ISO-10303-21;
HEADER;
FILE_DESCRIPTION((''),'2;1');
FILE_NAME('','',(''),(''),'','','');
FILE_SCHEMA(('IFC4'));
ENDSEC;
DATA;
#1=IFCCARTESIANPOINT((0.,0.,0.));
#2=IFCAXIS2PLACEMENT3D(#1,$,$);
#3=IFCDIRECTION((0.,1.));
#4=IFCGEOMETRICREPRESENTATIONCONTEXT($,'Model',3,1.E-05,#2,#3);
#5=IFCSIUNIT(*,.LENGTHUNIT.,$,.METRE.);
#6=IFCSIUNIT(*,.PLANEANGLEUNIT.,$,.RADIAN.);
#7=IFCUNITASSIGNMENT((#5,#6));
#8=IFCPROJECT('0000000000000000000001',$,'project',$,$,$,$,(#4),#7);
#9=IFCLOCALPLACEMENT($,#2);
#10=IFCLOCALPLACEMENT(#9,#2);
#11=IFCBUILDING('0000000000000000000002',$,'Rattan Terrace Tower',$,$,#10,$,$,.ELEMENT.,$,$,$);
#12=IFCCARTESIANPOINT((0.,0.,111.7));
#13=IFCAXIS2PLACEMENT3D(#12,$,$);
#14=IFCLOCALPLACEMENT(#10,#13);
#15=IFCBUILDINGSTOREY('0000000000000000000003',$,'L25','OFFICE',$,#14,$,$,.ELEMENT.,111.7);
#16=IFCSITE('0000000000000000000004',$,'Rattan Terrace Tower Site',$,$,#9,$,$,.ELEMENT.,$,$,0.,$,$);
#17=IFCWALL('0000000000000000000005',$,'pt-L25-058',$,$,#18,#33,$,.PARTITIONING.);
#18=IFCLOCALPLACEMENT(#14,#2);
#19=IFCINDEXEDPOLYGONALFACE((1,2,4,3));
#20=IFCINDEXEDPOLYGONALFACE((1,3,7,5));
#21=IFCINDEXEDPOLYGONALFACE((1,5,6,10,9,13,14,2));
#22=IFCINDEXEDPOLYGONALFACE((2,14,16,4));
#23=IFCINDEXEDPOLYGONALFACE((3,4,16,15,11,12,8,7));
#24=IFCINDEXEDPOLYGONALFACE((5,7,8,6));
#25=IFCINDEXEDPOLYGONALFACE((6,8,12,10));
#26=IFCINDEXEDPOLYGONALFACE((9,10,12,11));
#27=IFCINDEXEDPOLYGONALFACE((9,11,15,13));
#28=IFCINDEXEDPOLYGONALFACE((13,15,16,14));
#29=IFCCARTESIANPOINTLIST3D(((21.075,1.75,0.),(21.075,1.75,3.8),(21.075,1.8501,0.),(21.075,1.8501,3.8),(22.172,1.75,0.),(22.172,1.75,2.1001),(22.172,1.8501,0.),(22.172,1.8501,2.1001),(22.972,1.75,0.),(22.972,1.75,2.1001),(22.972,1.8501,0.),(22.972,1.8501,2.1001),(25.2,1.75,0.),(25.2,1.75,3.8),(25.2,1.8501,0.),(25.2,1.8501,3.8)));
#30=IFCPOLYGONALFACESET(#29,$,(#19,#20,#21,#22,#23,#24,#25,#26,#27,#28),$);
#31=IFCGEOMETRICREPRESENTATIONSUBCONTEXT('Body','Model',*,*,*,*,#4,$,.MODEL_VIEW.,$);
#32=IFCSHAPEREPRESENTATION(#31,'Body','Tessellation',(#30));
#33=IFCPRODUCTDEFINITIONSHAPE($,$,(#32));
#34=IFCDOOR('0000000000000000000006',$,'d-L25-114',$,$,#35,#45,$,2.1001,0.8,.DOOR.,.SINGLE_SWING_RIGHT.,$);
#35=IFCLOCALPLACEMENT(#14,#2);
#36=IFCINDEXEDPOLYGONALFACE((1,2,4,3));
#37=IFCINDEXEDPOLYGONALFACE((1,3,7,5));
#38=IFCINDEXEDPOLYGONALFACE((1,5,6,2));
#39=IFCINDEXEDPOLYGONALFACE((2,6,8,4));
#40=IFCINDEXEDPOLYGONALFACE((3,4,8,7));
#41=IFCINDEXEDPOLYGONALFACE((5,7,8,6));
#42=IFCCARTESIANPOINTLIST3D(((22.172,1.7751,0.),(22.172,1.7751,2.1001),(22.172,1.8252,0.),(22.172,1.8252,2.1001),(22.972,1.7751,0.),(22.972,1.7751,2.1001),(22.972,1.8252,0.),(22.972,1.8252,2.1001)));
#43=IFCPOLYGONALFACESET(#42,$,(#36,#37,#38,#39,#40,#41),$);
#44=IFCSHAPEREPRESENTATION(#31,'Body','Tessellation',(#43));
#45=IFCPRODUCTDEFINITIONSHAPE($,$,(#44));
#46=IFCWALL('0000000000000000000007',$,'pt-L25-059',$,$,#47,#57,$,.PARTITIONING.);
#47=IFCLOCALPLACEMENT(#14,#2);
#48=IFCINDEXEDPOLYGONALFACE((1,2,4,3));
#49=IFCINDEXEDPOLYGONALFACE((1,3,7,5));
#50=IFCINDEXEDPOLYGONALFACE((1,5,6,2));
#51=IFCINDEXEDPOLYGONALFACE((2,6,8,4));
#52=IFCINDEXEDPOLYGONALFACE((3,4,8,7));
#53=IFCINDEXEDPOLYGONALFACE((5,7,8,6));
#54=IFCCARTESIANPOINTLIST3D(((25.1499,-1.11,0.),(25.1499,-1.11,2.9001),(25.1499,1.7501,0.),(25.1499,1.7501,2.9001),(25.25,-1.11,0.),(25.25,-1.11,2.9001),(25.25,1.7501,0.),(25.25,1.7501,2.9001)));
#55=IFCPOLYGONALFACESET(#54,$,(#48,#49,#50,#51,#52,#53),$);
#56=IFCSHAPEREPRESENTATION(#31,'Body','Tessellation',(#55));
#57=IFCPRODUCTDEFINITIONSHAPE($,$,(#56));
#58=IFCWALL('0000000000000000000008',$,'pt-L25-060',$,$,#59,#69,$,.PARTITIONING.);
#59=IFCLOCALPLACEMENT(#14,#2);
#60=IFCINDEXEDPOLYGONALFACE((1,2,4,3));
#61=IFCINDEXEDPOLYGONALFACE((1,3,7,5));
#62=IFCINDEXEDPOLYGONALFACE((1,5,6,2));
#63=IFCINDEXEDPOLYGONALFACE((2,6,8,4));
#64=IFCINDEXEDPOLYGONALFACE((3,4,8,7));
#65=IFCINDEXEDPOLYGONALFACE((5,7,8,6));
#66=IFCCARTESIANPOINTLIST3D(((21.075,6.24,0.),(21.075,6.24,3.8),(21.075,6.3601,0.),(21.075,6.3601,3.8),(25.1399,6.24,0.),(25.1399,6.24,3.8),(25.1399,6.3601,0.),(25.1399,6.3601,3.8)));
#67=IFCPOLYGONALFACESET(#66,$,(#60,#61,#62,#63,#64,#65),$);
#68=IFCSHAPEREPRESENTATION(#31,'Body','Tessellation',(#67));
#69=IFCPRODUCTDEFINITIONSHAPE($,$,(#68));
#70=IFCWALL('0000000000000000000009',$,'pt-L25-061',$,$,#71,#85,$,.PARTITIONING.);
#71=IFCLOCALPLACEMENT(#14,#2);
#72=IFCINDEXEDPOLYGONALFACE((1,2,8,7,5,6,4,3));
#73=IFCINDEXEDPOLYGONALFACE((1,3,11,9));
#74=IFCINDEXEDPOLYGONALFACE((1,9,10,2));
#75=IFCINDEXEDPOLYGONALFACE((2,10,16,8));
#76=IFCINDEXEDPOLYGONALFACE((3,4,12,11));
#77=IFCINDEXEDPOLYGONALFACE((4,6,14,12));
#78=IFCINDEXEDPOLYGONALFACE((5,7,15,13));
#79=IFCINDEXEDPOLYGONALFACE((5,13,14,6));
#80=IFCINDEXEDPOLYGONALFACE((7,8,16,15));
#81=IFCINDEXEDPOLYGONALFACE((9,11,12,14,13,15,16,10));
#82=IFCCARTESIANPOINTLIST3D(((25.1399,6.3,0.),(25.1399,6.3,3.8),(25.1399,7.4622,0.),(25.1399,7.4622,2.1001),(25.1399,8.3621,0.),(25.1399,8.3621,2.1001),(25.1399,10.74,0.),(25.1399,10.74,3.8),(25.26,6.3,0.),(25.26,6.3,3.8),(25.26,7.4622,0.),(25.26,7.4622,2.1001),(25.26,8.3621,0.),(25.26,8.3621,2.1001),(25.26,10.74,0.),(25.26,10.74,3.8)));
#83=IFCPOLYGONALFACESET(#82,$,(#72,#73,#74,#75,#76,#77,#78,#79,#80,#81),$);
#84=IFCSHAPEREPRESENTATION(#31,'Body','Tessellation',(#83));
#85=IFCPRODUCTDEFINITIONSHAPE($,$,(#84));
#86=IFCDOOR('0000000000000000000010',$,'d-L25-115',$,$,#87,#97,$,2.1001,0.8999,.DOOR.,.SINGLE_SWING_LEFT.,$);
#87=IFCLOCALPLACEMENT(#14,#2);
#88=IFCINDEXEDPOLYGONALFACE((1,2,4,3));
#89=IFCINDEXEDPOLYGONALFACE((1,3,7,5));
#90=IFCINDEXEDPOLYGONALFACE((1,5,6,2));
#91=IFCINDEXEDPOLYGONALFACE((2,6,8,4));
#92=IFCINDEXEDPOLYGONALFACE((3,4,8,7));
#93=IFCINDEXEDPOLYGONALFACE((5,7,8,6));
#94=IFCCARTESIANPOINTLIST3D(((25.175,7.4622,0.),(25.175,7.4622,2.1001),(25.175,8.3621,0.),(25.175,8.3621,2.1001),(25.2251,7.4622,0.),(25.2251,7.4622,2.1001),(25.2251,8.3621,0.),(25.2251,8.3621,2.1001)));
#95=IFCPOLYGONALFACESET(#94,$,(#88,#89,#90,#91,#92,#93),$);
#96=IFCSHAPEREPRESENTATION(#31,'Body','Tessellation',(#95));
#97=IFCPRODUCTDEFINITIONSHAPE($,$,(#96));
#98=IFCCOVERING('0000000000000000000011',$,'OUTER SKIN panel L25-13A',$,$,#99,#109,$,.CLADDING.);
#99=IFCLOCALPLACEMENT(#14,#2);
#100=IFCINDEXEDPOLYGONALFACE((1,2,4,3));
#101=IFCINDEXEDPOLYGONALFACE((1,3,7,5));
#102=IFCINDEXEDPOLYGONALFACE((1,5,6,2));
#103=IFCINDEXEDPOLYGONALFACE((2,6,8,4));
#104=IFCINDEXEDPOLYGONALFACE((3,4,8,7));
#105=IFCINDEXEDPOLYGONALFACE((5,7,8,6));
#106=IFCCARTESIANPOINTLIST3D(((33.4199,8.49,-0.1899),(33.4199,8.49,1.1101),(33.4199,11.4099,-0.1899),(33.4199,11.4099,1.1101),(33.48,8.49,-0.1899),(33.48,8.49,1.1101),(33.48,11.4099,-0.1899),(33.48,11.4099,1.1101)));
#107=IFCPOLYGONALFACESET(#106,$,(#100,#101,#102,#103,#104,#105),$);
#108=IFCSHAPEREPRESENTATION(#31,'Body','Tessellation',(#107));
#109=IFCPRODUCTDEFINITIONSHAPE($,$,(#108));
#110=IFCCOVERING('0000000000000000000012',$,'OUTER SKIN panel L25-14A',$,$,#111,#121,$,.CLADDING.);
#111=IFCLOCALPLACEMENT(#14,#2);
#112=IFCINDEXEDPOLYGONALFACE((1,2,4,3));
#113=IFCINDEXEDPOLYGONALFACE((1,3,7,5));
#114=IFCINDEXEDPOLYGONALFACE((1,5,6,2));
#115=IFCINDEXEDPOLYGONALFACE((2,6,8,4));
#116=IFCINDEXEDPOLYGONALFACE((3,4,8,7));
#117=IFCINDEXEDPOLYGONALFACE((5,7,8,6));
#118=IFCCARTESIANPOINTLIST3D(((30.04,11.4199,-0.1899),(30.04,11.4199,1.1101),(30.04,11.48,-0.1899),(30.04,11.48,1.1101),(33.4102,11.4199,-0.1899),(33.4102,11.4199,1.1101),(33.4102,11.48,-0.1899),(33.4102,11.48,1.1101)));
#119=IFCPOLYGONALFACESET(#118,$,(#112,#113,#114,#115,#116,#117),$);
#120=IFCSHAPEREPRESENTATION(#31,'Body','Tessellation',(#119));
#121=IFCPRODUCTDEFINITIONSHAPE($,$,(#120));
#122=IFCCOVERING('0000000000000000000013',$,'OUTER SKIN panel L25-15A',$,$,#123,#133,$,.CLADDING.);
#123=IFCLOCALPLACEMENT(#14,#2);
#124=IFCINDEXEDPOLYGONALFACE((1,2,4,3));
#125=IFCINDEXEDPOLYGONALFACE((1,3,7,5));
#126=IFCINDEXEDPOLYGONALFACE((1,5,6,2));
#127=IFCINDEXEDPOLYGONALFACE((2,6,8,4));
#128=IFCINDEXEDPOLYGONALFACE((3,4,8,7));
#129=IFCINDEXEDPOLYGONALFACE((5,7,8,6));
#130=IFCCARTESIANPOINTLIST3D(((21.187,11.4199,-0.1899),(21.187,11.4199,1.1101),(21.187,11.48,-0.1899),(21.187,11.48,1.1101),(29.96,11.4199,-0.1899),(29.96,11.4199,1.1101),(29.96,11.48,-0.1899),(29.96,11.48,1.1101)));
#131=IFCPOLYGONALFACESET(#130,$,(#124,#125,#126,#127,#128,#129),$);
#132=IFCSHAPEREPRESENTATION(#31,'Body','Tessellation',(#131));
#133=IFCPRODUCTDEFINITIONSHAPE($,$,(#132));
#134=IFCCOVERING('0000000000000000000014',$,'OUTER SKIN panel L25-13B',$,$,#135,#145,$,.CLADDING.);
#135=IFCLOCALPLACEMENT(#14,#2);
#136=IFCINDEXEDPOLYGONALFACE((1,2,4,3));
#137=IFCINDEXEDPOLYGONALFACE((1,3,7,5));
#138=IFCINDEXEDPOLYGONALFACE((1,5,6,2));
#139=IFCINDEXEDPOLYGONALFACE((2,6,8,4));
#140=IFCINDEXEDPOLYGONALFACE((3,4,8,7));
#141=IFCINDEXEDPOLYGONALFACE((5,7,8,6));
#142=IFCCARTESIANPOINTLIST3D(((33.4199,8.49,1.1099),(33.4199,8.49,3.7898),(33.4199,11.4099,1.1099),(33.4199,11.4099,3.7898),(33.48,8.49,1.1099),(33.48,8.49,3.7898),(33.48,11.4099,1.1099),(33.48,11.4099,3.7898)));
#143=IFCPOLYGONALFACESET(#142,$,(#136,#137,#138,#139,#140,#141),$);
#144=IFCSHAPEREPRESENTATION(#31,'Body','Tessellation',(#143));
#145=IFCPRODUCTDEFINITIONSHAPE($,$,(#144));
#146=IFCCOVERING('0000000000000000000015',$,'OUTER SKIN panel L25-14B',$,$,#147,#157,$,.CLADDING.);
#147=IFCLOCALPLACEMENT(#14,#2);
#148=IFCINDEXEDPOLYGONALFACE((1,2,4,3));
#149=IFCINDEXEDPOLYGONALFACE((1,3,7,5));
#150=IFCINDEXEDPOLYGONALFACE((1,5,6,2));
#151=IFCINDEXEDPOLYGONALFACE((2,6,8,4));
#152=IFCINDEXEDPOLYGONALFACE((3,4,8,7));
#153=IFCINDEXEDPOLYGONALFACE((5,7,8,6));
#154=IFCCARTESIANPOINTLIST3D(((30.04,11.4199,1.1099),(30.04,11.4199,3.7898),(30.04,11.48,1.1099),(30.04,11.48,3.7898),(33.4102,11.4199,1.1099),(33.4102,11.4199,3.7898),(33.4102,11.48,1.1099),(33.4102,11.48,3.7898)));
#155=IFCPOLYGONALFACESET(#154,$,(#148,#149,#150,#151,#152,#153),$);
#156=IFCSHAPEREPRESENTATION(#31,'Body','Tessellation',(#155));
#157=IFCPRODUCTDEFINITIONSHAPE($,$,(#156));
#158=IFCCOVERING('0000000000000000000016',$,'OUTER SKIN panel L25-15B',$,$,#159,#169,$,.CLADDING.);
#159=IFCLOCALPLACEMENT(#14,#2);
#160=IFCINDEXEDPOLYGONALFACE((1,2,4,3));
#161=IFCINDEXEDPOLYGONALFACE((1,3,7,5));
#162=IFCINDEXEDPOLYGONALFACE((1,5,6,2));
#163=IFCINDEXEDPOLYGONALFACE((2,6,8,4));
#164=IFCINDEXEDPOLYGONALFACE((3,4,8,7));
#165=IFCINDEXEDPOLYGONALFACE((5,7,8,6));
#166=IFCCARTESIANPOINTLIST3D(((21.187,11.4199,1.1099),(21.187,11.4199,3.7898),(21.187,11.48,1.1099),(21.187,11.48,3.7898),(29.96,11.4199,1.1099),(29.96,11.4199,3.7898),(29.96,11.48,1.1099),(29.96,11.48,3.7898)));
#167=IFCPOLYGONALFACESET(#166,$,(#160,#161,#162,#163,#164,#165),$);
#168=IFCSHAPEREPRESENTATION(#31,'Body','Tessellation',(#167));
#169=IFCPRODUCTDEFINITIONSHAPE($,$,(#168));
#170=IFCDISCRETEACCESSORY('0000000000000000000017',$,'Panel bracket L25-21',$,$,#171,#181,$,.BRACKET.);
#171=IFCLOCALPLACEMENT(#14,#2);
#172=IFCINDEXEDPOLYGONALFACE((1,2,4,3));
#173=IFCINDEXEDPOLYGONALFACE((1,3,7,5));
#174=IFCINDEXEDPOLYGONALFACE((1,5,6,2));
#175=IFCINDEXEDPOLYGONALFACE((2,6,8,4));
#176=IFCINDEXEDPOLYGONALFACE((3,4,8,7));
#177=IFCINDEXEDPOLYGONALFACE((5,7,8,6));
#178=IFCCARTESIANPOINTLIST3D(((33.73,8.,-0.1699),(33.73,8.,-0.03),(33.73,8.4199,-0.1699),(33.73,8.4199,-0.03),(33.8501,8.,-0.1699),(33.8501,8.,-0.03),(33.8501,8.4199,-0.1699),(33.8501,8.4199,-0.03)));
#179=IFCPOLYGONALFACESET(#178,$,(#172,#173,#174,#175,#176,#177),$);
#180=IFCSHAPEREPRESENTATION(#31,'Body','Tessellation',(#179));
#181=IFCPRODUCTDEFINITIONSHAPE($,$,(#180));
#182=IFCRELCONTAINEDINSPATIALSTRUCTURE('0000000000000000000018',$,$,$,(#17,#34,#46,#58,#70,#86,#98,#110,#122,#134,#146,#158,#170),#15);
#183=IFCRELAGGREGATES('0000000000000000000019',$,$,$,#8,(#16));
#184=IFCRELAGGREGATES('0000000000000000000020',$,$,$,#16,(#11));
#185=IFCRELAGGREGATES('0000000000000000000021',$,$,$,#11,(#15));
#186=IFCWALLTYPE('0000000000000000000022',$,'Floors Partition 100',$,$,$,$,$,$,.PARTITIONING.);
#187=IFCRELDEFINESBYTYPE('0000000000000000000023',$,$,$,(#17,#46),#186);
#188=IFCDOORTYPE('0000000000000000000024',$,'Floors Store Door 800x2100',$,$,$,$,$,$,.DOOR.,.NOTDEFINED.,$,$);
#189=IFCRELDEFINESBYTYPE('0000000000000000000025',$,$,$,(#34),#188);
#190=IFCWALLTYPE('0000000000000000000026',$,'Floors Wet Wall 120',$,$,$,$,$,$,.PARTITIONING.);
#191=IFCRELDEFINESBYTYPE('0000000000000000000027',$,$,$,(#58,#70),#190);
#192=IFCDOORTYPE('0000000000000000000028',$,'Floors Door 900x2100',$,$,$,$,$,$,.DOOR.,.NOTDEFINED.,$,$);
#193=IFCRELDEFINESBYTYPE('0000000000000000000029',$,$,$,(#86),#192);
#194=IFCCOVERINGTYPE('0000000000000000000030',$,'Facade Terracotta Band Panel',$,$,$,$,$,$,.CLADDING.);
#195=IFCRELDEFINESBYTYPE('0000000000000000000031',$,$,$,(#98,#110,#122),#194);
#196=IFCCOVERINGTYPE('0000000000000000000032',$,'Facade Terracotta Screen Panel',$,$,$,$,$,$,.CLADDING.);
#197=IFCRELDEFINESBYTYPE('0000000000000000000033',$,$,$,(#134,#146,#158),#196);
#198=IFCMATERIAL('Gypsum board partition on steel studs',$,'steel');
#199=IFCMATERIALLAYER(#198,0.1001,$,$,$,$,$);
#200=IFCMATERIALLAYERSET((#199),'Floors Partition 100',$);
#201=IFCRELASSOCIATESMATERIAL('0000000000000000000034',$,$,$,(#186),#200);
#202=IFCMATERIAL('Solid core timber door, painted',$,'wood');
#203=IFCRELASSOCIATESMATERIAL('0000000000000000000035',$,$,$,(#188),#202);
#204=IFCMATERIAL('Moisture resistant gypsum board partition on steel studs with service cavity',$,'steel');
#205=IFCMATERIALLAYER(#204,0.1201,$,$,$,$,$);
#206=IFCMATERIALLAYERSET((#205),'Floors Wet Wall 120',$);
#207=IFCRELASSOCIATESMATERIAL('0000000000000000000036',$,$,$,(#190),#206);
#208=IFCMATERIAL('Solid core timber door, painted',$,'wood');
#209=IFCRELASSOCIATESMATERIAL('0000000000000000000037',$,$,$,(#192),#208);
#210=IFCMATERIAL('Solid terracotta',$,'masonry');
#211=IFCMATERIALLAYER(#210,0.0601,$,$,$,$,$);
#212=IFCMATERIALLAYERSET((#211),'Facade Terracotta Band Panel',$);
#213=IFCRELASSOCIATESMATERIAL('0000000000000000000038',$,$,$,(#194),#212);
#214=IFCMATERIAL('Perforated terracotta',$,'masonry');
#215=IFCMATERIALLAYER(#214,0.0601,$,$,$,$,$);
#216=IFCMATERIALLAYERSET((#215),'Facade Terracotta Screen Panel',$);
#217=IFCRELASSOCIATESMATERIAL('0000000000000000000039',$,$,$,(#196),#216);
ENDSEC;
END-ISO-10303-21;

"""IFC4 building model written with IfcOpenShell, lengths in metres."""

from ifc_helpers import new_model, si_unit, direction, frame, frame_2d, origin, origin_2d, place, context, subcontext, project, spatial, rectangle, extrude, material, layer, layer_set, type_object, element, fill, save


model = new_model("IFC4")

# Units and contexts
model_context = context("Model", 3, precision=1e-05, world=origin(), true_north=direction((0.0, 1.0)))
body_context = subcontext(model_context, "Body", "Model", "MODEL_VIEW")
ifc_project = project(units=[si_unit("LENGTHUNIT", "METRE"), si_unit("PLANEANGLEUNIT", "RADIAN")], contexts=[model_context])

# Site, building, storey
site_placement = place(None, origin())
site = spatial("IfcSite", under=ifc_project, at=site_placement, Name="Rattan Terrace Tower Site", CompositionType="ELEMENT", RefElevation=0.0)
building_placement = place(site_placement, origin())
building = spatial("IfcBuilding", under=site, at=building_placement, Name="Rattan Terrace Tower", CompositionType="ELEMENT")
storey_placement = place(building_placement, frame((0.0, 0.0, 111.7)))
storey = spatial("IfcBuildingStorey", under=building, at=storey_placement, Name="L25", Description="OFFICE", CompositionType="ELEMENT", Elevation=111.7)

# Wall, opening, door
ifc_material_1 = material(Name="Gypsum board partition on steel studs", Category="steel")
ifc_layer_1 = layer(ifc_material_1, 0.1001)
ifc_layer_set_1 = layer_set([ifc_layer_1], Name="Floors Partition 100")
wall_type_1 = type_object("IfcWallType", Name="Floors Partition 100", PredefinedType="PARTITIONING", material=ifc_layer_set_1)
wall_1_placement = place(storey_placement, frame((25.2, 1.8, 0.0), z_axis=(0.0, 0.0, 1.0), x_axis=(-1.0, 0.0, 0.0)))
wall_1 = element("IfcWall", 1, at=wall_1_placement, inside=storey, type_object=wall_type_1, Name="pt-L25-058", PredefinedType="PARTITIONING", context=body_context, shape_type="SweptSolid", body=[
    extrude(rectangle(XDim=4.125, YDim=0.1001, at=frame_2d((2.0625, 0.0))), origin(), (0.0, 0.0, 1.0), 3.8),
])
opening_1_placement = place(wall_1_placement, frame((2.228, 0.0, 0.0)))
opening_1 = element("IfcOpeningElement", 2, at=opening_1_placement, cuts=wall_1, PredefinedType="OPENING", context=body_context, shape_type="SweptSolid", body=[
    extrude(rectangle(XDim=0.8, YDim=2.1001, at=frame_2d((0.3999, 1.05))), frame((0.0, 0.0605, 0.0), z_axis=(0.0, -1.0, 0.0), x_axis=(1.0, 0.0, 0.0)), (0.0, 0.0, 1.0), 0.1211),
])
ifc_material_2 = material(Name="Solid core timber door, painted", Category="wood")
door_type_1 = type_object("IfcDoorType", Name="Floors Store Door 800x2100", OperationType="NOTDEFINED", PredefinedType="DOOR", material=ifc_material_2)
door_1_placement = place(opening_1_placement, origin())
door_1 = element("IfcDoor", 3, at=door_1_placement, inside=storey, type_object=door_type_1, Name="d-L25-114", OperationType="SINGLE_SWING_RIGHT", OverallHeight=2.1001, OverallWidth=0.8, PredefinedType="DOOR", context=body_context, shape_type="SweptSolid", body=[
    extrude(rectangle(XDim=0.8, YDim=2.1001, at=frame_2d((0.3999, 1.05))), frame((0.0, 0.0249, 0.0), z_axis=(0.0, -1.0, 0.0), x_axis=(1.0, 0.0, 0.0)), (0.0, 0.0, 1.0), 0.05),
])
fill(opening_1, door_1)

# Walls
wall_2_placement = place(storey_placement, frame((25.2, -1.1101, 0.0), z_axis=(0.0, 0.0, 1.0), x_axis=(0.0, 1.0, 0.0)))
element("IfcWall", 4, at=wall_2_placement, inside=storey, type_object=wall_type_1, Name="pt-L25-059", PredefinedType="PARTITIONING", context=body_context, shape_type="SweptSolid", body=[
    extrude(rectangle(XDim=2.8601, YDim=0.1001, at=frame_2d((1.4302, 0.0))), origin(), (0.0, 0.0, 1.0), 2.9001),
])
ifc_material_3 = material(Name="Moisture resistant gypsum board partition on steel studs with service cavity", Category="steel")
ifc_layer_2 = layer(ifc_material_3, 0.1201)
ifc_layer_set_2 = layer_set([ifc_layer_2], Name="Floors Wet Wall 120")
wall_type_2 = type_object("IfcWallType", Name="Floors Wet Wall 120", PredefinedType="PARTITIONING", material=ifc_layer_set_2)
wall_3_placement = place(storey_placement, frame((21.075, 6.3, 0.0), z_axis=(0.0, 0.0, 1.0), x_axis=(1.0, 0.0, 0.0)))
element("IfcWall", 5, at=wall_3_placement, inside=storey, type_object=wall_type_2, Name="pt-L25-060", PredefinedType="PARTITIONING", context=body_context, shape_type="SweptSolid", body=[
    extrude(rectangle(XDim=4.0649, YDim=0.1201, at=frame_2d((2.0325, 0.0))), origin(), (0.0, 0.0, 1.0), 3.8),
])

# Wall, opening, door
wall_4_placement = place(storey_placement, frame((25.2, 6.3, 0.0), z_axis=(0.0, 0.0, 1.0), x_axis=(0.0, 1.0, 0.0)))
wall_4 = element("IfcWall", 6, at=wall_4_placement, inside=storey, type_object=wall_type_2, Name="pt-L25-061", PredefinedType="PARTITIONING", context=body_context, shape_type="SweptSolid", body=[
    extrude(rectangle(XDim=4.4399, YDim=0.1201, at=frame_2d((2.22, 0.0))), origin(), (0.0, 0.0, 1.0), 3.8),
])
opening_2_placement = place(wall_4_placement, frame((1.1621, 0.0, 0.0)))
opening_2 = element("IfcOpeningElement", 7, at=opening_2_placement, cuts=wall_4, PredefinedType="OPENING", context=body_context, shape_type="SweptSolid", body=[
    extrude(rectangle(XDim=0.8999, YDim=2.1001, at=frame_2d((0.45, 1.05))), frame((0.0, 0.0706, 0.0), z_axis=(0.0, -1.0, 0.0), x_axis=(1.0, 0.0, 0.0)), (0.0, 0.0, 1.0), 0.1411),
])
ifc_material_4 = material(Name="Solid core timber door, painted", Category="wood")
door_type_2 = type_object("IfcDoorType", Name="Floors Door 900x2100", OperationType="NOTDEFINED", PredefinedType="DOOR", material=ifc_material_4)
door_2_placement = place(opening_2_placement, origin())
door_2 = element("IfcDoor", 8, at=door_2_placement, inside=storey, type_object=door_type_2, Name="d-L25-115", OperationType="SINGLE_SWING_LEFT", OverallHeight=2.1001, OverallWidth=0.8999, PredefinedType="DOOR", context=body_context, shape_type="SweptSolid", body=[
    extrude(rectangle(XDim=0.8999, YDim=2.1001, at=frame_2d((0.45, 1.05))), frame((0.0, 0.0249, 0.0), z_axis=(0.0, -1.0, 0.0), x_axis=(1.0, 0.0, 0.0)), (0.0, 0.0, 1.0), 0.05),
])
fill(opening_2, door_2)

# Coverings
ifc_material_5 = material(Name="Solid terracotta", Category="masonry")
ifc_layer_3 = layer(ifc_material_5, 0.0601)
ifc_layer_set_3 = layer_set([ifc_layer_3], Name="Facade Terracotta Band Panel")
covering_type_1 = type_object("IfcCoveringType", Name="Facade Terracotta Band Panel", PredefinedType="CLADDING", material=ifc_layer_set_3)
covering_1_placement = place(storey_placement, frame((33.45, 9.95, -0.1899), z_axis=(0.0, 0.0, 1.0), x_axis=(0.0, 1.0, 0.0)))
element("IfcCovering", 9, at=covering_1_placement, inside=storey, type_object=covering_type_1, Name="OUTER SKIN panel L25-13A", PredefinedType="CLADDING", context=body_context, shape_type="SweptSolid", body=[
    extrude(rectangle(XDim=2.9199, YDim=0.0601, at=origin_2d()), origin(), (0.0, 0.0, 1.0), 1.3),
])
covering_2_placement = place(storey_placement, frame((31.7251, 11.45, -0.1899), z_axis=(0.0, 0.0, 1.0), x_axis=(-1.0, 0.0, 0.0)))
element("IfcCovering", 10, at=covering_2_placement, inside=storey, type_object=covering_type_1, Name="OUTER SKIN panel L25-14A", PredefinedType="CLADDING", context=body_context, shape_type="SweptSolid", body=[
    extrude(rectangle(XDim=3.3701, YDim=0.0601, at=origin_2d()), origin(), (0.0, 0.0, 1.0), 1.3),
])
covering_3_placement = place(storey_placement, frame((25.5735, 11.45, -0.1899), z_axis=(0.0, 0.0, 1.0), x_axis=(-1.0, 0.0, 0.0)))
element("IfcCovering", 11, at=covering_3_placement, inside=storey, type_object=covering_type_1, Name="OUTER SKIN panel L25-15A", PredefinedType="CLADDING", context=body_context, shape_type="SweptSolid", body=[
    extrude(rectangle(XDim=8.7729, YDim=0.0601, at=origin_2d()), origin(), (0.0, 0.0, 1.0), 1.3),
])
ifc_material_6 = material(Name="Perforated terracotta", Category="masonry")
ifc_layer_4 = layer(ifc_material_6, 0.0601)
ifc_layer_set_4 = layer_set([ifc_layer_4], Name="Facade Terracotta Screen Panel")
covering_type_2 = type_object("IfcCoveringType", Name="Facade Terracotta Screen Panel", PredefinedType="CLADDING", material=ifc_layer_set_4)
covering_4_placement = place(storey_placement, frame((33.45, 9.95, 1.1099), z_axis=(0.0, 0.0, 1.0), x_axis=(0.0, 1.0, 0.0)))
element("IfcCovering", 12, at=covering_4_placement, inside=storey, type_object=covering_type_2, Name="OUTER SKIN panel L25-13B", PredefinedType="CLADDING", context=body_context, shape_type="SweptSolid", body=[
    extrude(rectangle(XDim=2.9199, YDim=0.0601, at=origin_2d()), origin(), (0.0, 0.0, 1.0), 2.6799),
])
covering_5_placement = place(storey_placement, frame((31.7251, 11.45, 1.1099), z_axis=(0.0, 0.0, 1.0), x_axis=(-1.0, 0.0, 0.0)))
element("IfcCovering", 13, at=covering_5_placement, inside=storey, type_object=covering_type_2, Name="OUTER SKIN panel L25-14B", PredefinedType="CLADDING", context=body_context, shape_type="SweptSolid", body=[
    extrude(rectangle(XDim=3.3701, YDim=0.0601, at=origin_2d()), origin(), (0.0, 0.0, 1.0), 2.6799),
])
covering_6_placement = place(storey_placement, frame((25.5735, 11.45, 1.1099), z_axis=(0.0, 0.0, 1.0), x_axis=(-1.0, 0.0, 0.0)))
element("IfcCovering", 14, at=covering_6_placement, inside=storey, type_object=covering_type_2, Name="OUTER SKIN panel L25-15B", PredefinedType="CLADDING", context=body_context, shape_type="SweptSolid", body=[
    extrude(rectangle(XDim=8.7729, YDim=0.0601, at=origin_2d()), origin(), (0.0, 0.0, 1.0), 2.6799),
])

# Discrete accessory
for number, where, z_axis, x_axis, name in (
    (15, (33.79, 8.21, -0.1699), (0.0, 0.0, 1.0), (-1.0, 0.0, 0.0), "Panel bracket L25-21"),
):
    element("IfcDiscreteAccessory", number, at=place(storey_placement, frame(where, z_axis=z_axis, x_axis=x_axis)), inside=storey, Name=name, PredefinedType="BRACKET", context=body_context, shape_type="SweptSolid", body=[
        extrude(rectangle(XDim=0.1201, YDim=0.4199, at=origin_2d()), origin(), (0.0, 0.0, 1.0), 0.1399),
    ])

save(model, "model.ifc")
